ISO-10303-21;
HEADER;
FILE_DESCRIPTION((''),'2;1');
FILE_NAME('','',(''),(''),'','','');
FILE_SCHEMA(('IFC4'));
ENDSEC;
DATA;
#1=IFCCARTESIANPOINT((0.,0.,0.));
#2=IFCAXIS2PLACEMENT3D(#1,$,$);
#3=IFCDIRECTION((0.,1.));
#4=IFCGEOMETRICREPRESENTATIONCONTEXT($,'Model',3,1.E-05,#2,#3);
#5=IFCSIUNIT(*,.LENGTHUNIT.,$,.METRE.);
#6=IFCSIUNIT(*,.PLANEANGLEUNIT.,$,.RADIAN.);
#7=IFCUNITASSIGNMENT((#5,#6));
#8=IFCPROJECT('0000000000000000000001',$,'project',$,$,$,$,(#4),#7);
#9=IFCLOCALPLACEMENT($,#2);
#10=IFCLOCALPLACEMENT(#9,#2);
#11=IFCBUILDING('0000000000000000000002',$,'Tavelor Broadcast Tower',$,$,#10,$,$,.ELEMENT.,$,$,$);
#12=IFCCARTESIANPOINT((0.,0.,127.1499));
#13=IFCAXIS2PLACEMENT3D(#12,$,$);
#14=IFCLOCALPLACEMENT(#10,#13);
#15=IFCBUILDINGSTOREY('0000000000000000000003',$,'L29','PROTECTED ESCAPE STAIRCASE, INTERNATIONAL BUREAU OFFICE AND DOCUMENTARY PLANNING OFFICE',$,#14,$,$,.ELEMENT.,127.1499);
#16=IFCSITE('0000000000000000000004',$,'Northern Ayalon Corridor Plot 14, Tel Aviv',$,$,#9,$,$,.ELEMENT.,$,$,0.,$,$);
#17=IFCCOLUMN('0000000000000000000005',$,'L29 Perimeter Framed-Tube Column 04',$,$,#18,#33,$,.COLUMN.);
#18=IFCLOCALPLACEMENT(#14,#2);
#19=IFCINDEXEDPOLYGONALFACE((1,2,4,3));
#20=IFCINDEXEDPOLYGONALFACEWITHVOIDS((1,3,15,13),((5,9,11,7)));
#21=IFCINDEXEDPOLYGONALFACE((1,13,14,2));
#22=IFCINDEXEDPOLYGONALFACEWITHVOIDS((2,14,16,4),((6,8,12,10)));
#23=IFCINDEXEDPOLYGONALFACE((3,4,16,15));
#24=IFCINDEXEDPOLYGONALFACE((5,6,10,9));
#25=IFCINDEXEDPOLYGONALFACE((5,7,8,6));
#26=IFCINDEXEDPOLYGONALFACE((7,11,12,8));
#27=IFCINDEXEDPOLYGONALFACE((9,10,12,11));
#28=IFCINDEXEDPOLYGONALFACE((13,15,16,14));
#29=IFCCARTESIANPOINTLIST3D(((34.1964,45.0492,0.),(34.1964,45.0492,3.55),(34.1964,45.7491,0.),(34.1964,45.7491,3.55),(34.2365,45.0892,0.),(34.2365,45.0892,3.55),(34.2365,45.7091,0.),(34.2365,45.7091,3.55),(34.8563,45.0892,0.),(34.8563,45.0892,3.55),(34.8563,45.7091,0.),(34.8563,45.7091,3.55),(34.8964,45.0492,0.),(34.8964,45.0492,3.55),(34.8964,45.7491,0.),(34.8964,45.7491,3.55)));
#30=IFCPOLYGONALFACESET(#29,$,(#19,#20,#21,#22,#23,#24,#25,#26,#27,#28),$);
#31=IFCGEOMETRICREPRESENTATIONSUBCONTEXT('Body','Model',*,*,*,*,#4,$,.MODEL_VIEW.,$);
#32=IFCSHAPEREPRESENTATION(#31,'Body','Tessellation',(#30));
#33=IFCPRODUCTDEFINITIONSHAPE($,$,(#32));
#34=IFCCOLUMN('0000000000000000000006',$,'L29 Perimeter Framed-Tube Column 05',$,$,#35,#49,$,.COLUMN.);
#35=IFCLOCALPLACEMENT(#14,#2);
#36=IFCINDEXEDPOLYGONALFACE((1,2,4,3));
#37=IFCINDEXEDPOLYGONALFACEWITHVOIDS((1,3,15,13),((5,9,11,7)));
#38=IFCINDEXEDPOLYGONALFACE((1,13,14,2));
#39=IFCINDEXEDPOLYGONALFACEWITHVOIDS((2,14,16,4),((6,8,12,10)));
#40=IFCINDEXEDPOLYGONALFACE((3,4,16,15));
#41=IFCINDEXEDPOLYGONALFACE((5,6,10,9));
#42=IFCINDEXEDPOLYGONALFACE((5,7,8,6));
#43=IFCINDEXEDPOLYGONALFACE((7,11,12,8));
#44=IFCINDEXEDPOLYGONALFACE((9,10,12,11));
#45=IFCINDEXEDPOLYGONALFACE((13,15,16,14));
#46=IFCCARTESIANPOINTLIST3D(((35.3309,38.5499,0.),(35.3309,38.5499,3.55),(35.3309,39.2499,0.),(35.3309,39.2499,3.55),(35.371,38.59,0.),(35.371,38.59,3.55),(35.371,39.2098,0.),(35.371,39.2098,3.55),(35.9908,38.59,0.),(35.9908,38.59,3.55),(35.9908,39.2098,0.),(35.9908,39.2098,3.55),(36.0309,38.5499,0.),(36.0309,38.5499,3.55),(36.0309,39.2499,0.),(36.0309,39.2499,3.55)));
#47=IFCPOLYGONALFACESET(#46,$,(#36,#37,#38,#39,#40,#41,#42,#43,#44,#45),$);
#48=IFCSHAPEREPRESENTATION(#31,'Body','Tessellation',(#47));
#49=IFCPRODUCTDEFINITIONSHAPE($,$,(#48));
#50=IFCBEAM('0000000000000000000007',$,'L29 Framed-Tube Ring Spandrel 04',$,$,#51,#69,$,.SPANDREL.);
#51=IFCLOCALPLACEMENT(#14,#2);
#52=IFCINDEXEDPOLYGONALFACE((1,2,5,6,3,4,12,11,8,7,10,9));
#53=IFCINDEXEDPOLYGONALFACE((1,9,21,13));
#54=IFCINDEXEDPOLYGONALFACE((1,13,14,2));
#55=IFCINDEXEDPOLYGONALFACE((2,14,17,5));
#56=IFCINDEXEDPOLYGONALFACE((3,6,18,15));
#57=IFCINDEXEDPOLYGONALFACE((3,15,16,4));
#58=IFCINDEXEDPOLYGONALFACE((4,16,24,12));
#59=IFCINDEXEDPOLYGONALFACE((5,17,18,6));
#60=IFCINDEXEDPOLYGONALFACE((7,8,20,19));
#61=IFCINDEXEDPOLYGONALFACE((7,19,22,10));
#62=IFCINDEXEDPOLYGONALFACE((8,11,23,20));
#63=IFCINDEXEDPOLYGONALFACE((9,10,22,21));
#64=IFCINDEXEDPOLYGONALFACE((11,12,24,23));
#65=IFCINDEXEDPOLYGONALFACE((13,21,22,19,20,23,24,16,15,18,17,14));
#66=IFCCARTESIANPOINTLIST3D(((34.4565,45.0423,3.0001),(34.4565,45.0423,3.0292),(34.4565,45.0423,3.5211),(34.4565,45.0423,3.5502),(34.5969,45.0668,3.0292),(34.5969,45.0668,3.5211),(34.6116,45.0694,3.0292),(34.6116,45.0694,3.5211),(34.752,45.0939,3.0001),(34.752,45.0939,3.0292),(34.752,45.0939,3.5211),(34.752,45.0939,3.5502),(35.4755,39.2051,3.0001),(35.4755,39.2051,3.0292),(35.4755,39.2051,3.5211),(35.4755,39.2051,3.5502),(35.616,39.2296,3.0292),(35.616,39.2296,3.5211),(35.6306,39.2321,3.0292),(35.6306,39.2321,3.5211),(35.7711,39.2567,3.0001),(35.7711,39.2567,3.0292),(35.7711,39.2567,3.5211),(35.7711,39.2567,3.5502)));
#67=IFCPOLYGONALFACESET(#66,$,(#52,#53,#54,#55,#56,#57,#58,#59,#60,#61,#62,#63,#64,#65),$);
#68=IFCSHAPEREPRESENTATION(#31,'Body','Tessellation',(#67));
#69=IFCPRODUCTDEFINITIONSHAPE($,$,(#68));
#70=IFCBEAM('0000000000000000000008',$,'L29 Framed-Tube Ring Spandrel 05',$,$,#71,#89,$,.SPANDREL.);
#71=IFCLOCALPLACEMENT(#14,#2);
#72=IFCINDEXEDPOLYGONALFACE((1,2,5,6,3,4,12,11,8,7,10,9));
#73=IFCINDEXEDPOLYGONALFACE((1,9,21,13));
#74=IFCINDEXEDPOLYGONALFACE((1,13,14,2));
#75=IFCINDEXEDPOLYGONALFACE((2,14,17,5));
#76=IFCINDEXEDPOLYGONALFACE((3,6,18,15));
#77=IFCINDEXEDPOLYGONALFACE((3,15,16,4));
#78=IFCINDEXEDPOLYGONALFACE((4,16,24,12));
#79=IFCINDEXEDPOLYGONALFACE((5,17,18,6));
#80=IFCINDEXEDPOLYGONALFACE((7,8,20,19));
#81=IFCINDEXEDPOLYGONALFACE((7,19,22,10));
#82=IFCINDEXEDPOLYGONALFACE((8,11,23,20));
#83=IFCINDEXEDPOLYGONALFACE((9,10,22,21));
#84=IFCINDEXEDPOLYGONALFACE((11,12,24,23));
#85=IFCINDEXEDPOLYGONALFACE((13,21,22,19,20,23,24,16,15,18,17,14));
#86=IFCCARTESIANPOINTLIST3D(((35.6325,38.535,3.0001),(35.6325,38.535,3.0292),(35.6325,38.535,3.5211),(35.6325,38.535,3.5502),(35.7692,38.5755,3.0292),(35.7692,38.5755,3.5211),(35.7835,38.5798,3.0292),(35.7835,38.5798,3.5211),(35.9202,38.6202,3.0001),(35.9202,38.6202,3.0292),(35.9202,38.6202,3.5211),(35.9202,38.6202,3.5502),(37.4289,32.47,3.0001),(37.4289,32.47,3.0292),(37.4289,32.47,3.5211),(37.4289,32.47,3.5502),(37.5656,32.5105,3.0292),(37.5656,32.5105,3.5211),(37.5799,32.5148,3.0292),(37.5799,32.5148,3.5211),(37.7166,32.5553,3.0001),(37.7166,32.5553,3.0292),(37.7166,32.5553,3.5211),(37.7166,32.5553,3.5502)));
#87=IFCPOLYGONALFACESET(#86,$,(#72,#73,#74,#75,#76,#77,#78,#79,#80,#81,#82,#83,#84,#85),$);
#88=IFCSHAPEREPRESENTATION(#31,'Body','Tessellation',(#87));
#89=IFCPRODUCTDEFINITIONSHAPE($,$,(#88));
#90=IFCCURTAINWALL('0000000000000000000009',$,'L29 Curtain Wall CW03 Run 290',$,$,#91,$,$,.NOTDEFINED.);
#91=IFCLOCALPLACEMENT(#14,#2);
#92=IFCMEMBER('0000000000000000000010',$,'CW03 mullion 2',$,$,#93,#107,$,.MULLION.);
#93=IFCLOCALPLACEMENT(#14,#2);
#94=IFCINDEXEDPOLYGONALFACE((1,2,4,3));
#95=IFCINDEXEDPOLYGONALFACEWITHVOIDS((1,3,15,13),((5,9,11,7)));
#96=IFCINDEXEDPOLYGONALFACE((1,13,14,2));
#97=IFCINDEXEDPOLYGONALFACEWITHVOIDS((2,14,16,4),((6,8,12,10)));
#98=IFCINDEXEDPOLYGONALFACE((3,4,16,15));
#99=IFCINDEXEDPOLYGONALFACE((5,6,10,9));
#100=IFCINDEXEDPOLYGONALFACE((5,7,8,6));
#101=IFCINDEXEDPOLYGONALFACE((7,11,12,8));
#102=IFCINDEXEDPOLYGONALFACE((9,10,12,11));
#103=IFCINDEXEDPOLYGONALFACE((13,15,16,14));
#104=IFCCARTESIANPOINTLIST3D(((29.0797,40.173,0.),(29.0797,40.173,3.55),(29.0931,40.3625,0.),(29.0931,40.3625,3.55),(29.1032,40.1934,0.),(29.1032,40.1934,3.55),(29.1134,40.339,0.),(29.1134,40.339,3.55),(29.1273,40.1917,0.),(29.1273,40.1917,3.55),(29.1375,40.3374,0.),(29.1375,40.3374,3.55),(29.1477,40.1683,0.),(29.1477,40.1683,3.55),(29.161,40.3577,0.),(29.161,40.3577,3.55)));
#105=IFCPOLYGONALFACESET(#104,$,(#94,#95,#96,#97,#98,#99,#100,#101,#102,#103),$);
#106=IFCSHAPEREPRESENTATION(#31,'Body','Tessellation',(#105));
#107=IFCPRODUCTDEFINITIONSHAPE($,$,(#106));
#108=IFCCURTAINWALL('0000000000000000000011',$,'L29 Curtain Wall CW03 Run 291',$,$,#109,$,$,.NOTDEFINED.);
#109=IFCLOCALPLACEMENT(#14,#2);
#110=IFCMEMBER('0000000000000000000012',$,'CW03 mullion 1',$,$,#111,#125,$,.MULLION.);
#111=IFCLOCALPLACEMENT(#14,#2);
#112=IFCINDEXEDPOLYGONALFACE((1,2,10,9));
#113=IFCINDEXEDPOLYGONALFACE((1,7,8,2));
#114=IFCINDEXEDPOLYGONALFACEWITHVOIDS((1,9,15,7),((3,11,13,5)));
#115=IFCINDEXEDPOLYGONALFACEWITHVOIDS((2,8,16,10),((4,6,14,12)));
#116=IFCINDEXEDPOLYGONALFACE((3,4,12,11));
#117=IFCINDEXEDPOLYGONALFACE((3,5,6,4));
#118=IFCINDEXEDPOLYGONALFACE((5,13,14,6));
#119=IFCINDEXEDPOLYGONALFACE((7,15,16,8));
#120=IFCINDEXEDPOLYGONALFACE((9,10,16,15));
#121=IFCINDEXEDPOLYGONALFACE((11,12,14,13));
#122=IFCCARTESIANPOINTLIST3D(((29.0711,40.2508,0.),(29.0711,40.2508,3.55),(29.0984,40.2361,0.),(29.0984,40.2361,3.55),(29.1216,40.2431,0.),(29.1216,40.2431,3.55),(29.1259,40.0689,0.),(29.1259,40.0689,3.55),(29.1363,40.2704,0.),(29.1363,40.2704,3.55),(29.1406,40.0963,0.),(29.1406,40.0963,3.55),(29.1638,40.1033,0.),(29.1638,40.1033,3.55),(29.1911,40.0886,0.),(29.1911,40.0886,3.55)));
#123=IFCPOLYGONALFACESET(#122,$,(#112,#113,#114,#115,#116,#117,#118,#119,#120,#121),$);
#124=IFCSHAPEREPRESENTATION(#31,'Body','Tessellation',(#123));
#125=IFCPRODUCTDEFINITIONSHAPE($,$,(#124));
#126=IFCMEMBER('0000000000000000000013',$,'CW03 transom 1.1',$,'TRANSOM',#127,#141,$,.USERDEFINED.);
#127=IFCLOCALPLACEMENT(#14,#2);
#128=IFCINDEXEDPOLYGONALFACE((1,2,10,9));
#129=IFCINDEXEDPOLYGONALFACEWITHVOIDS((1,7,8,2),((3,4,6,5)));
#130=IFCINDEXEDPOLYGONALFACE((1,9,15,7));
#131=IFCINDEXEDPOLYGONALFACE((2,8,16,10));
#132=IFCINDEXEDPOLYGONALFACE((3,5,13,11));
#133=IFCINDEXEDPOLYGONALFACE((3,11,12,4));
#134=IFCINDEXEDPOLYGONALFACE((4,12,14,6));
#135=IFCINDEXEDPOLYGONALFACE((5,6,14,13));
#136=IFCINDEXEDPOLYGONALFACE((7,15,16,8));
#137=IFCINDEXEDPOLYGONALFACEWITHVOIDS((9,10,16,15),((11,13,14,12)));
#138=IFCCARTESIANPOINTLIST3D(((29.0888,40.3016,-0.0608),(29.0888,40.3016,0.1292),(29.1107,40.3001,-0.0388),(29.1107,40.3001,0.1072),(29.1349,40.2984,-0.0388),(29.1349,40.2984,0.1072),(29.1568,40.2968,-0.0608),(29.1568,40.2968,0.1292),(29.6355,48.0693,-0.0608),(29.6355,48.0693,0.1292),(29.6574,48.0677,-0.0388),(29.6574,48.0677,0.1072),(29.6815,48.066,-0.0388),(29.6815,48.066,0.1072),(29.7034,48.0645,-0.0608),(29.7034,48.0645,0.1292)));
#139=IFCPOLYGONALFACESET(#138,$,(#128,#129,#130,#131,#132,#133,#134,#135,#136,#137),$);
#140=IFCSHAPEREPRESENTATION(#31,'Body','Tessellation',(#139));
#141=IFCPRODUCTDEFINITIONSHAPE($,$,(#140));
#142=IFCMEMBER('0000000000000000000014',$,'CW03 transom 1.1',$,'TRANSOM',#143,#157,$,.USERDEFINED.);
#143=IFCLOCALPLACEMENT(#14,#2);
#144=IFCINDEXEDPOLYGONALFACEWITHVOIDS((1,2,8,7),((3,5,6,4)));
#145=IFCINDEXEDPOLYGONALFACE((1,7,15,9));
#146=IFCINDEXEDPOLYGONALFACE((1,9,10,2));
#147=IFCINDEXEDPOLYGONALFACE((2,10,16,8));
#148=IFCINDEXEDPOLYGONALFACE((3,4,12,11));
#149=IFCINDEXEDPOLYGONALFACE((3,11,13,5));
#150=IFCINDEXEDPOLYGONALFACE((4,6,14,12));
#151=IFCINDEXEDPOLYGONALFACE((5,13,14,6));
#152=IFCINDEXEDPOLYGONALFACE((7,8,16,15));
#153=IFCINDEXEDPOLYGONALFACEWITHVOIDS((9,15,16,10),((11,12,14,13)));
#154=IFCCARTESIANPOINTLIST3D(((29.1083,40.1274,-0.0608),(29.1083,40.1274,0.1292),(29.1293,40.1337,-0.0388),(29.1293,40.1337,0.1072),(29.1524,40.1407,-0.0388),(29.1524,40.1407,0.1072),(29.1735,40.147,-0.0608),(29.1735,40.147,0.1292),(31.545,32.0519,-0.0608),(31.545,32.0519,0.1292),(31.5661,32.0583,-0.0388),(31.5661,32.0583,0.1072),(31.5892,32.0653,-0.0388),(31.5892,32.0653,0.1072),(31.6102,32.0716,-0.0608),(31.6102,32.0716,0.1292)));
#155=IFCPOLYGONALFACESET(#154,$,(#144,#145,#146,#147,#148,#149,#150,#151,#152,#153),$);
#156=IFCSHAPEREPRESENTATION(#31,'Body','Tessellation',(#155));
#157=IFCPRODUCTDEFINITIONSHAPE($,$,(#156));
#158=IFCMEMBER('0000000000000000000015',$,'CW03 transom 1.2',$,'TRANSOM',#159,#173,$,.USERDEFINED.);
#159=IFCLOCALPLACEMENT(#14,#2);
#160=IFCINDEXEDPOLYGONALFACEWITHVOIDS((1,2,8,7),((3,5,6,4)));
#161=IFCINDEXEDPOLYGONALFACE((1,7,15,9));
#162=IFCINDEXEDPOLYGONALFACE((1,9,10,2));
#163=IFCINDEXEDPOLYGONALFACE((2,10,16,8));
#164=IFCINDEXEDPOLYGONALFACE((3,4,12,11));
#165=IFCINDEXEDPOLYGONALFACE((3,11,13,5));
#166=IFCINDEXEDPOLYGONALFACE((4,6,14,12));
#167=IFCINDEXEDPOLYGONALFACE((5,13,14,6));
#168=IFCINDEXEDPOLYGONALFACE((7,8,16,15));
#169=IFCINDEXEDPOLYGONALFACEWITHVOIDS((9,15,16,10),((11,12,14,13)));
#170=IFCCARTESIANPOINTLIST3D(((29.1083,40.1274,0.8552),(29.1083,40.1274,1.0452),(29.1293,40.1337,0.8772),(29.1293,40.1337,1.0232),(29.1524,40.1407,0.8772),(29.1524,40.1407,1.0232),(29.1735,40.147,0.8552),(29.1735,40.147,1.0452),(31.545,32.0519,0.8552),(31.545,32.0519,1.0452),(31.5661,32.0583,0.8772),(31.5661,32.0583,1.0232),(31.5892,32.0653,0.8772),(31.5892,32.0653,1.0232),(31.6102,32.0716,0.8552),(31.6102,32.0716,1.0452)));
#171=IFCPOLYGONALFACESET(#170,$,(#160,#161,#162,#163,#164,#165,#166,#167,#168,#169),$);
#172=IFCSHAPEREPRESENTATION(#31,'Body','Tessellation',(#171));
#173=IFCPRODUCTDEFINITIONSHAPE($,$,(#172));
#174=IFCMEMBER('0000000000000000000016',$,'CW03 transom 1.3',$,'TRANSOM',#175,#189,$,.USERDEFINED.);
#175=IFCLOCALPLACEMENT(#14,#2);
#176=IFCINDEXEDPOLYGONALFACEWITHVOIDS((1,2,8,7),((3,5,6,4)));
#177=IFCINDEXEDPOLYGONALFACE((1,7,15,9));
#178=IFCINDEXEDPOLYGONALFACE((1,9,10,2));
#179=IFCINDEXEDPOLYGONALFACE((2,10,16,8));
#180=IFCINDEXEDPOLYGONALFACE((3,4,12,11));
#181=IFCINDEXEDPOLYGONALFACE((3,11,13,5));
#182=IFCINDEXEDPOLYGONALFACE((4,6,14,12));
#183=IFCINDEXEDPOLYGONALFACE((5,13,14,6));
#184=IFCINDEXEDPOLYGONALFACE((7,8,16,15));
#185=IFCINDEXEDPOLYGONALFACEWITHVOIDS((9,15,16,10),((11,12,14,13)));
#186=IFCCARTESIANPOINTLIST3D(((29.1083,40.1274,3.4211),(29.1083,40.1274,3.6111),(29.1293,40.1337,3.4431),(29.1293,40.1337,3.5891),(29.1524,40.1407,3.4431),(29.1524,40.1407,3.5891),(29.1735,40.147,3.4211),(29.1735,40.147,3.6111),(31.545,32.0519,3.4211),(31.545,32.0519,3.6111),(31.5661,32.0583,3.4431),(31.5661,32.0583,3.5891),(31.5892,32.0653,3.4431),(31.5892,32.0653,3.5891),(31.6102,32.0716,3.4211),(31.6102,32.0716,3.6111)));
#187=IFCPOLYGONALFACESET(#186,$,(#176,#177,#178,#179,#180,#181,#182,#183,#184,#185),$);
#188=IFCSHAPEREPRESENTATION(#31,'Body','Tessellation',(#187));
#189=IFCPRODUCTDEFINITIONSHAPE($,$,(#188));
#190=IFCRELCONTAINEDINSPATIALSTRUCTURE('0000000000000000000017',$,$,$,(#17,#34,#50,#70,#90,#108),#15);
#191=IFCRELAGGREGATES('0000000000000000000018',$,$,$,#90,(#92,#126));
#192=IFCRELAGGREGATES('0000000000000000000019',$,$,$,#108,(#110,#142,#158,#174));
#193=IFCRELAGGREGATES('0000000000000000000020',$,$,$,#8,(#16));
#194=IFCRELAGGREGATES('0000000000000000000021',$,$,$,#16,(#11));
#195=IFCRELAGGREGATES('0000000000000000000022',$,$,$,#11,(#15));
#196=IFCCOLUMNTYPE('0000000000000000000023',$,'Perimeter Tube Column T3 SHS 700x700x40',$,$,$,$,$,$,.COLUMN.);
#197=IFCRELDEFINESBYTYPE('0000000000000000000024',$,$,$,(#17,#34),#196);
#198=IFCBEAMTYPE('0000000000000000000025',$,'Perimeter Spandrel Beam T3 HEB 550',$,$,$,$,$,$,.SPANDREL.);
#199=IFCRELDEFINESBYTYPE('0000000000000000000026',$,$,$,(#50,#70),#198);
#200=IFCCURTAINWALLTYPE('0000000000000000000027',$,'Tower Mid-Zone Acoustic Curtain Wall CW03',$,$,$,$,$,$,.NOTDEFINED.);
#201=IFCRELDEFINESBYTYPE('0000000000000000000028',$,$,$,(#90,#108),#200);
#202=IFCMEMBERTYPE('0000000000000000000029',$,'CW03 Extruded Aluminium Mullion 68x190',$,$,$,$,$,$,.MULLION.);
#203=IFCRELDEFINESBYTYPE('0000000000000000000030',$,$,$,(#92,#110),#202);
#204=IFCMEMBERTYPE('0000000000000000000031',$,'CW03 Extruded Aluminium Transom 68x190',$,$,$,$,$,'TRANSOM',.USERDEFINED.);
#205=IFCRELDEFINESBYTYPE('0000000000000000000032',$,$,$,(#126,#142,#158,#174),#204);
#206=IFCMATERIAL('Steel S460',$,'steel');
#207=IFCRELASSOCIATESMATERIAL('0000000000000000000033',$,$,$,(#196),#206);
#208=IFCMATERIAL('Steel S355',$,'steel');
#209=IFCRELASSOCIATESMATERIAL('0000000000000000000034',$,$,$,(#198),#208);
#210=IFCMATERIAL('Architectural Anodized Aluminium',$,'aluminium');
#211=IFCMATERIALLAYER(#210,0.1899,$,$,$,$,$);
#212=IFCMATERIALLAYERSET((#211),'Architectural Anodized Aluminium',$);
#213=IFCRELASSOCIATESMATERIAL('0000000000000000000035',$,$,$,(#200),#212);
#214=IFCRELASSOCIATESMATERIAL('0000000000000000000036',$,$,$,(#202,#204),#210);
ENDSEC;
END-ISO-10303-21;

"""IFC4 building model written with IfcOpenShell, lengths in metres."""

from ifc_helpers import new_model, si_unit, direction, frame, origin, origin_2d, place, context, subcontext, project, spatial, hollow_rectangle, i_section, extrude, source, transform, mapped, material, layer, layer_set, material_profile, profile_set, type_object, type_shapes, element, aggregate, save


model = new_model("IFC4")

# Units and contexts
model_context = context("Model", 3, precision=1e-05, world=origin(), true_north=direction((0.0, 1.0)))
body_context = subcontext(model_context, "Body", "Model", "MODEL_VIEW")
ifc_project = project(units=[si_unit("LENGTHUNIT", "METRE"), si_unit("PLANEANGLEUNIT", "RADIAN")], contexts=[model_context])

# Site, building, storey
site_placement = place(None, origin())
site = spatial("IfcSite", under=ifc_project, at=site_placement, Name="Northern Ayalon Corridor Plot 14, Tel Aviv", CompositionType="ELEMENT", RefElevation=0.0)
building_placement = place(site_placement, origin())
building = spatial("IfcBuilding", under=site, at=building_placement, Name="Tavelor Broadcast Tower", CompositionType="ELEMENT")
storey_placement = place(building_placement, frame((0.0, 0.0, 127.1499)))
storey = spatial("IfcBuildingStorey", under=building, at=storey_placement, Name="L29", Description="PROTECTED ESCAPE STAIRCASE, INTERNATIONAL BUREAU OFFICE AND DOCUMENTARY PLANNING OFFICE", CompositionType="ELEMENT", Elevation=127.1499)

# Columns
ifc_material_1 = material(Name="Steel S460", Category="steel")
ifc_material_profile_1 = material_profile(ifc_material_1, hollow_rectangle(XDim=0.7, YDim=0.7, WallThickness=0.04, at=origin_2d()), Name="SHS 700x700x40")
ifc_profile_set_1 = profile_set([ifc_material_profile_1], Name="Steel S460")
column_type = type_object("IfcColumnType", Name="Perimeter Tube Column T3 SHS 700x700x40", PredefinedType="COLUMN", material=ifc_profile_set_1)
for number, where, z_axis, x_axis, name in (
    (1, (34.5464, 45.3992, 0.0), (0.0, 0.0, 1.0), (1.0, 0.0, 0.0), "L29 Perimeter Framed-Tube Column 04"),
    (2, (35.6809, 38.8999, 0.0), (0.0, 0.0, 1.0), (1.0, 0.0, 0.0), "L29 Perimeter Framed-Tube Column 05"),
):
    element("IfcColumn", number, at=place(storey_placement, frame(where, z_axis=z_axis, x_axis=x_axis)), inside=storey, type_object=column_type, Name=name, PredefinedType="COLUMN", context=body_context, shape_type="SweptSolid", body=[
        extrude(hollow_rectangle(XDim=0.7, YDim=0.7, WallThickness=0.04, at=origin_2d()), origin(), (0.0, 0.0, 1.0), 3.55),
    ])

# Beams
ifc_material_2 = material(Name="Steel S355", Category="steel")
ifc_material_profile_2 = material_profile(ifc_material_2, i_section(OverallWidth=0.3, OverallDepth=0.55, WebThickness=0.0149, FlangeThickness=0.0291, at=origin_2d()), Name="HEB 550")
ifc_profile_set_2 = profile_set([ifc_material_profile_2], Name="Steel S355")
beam_type = type_object("IfcBeamType", Name="Perimeter Spandrel Beam T3 HEB 550", PredefinedType="SPANDREL", material=ifc_profile_set_2)
beam_1_placement = place(storey_placement, frame((34.6042, 45.0681, 3.2751), z_axis=(0.171978, -0.985101, 0.0), x_axis=(0.985101, 0.171978, 0.0)))
element("IfcBeam", 3, at=beam_1_placement, inside=storey, type_object=beam_type, Name="L29 Framed-Tube Ring Spandrel 04", PredefinedType="SPANDREL", context=body_context, shape_type="SweptSolid", body=[
    extrude(i_section(OverallWidth=0.3, OverallDepth=0.55, WebThickness=0.0149, FlangeThickness=0.0291, at=origin_2d()), origin(), (0.0, 0.0, 1.0), 5.9255),
])
beam_2_placement = place(storey_placement, frame((35.7764, 38.5776, 3.2751), z_axis=(0.283996, -0.958825, 0.0), x_axis=(0.958825, 0.283996, 0.0)))
element("IfcBeam", 4, at=beam_2_placement, inside=storey, type_object=beam_type, Name="L29 Framed-Tube Ring Spandrel 05", PredefinedType="SPANDREL", context=body_context, shape_type="SweptSolid", body=[
    extrude(i_section(OverallWidth=0.3, OverallDepth=0.55, WebThickness=0.0149, FlangeThickness=0.0291, at=origin_2d()), origin(), (0.0, 0.0, 1.0), 6.3254),
])

# Curtain walls, members
ifc_material_3 = material(Name="Architectural Anodized Aluminium", Category="aluminium")
ifc_layer_1 = layer(ifc_material_3, 0.1899)
ifc_layer_set_1 = layer_set([ifc_layer_1], Name="Architectural Anodized Aluminium")
curtain_wall_type = type_object("IfcCurtainWallType", Name="Tower Mid-Zone Acoustic Curtain Wall CW03", PredefinedType="NOTDEFINED", material=ifc_layer_set_1)
curtain_wall_1_placement = place(storey_placement, origin())
curtain_wall_1 = element("IfcCurtainWall", 5, at=curtain_wall_1_placement, inside=storey, type_object=curtain_wall_type, Name="L29 Curtain Wall CW03 Run 290", PredefinedType="NOTDEFINED")
ifc_material_profile_3 = material_profile(ifc_material_3, hollow_rectangle(XDim=0.0681, YDim=0.1899, WallThickness=0.022, at=origin_2d()), Name="RHS 68x190x22")
ifc_profile_set_3 = profile_set([ifc_material_profile_3], Name="Architectural Anodized Aluminium")
member_type_1 = type_object("IfcMemberType", Name="CW03 Extruded Aluminium Mullion 68x190", PredefinedType="MULLION", material=ifc_profile_set_3)
shared_shape_1 = source(origin(), body_context, "Body", "SweptSolid", [
    extrude(hollow_rectangle(XDim=0.0681, YDim=0.1899, WallThickness=0.022, at=origin_2d()), origin(), (0.0, 0.0, 1.0), 3.55),
])
type_shapes(member_type_1, [shared_shape_1])
member_1_placement = place(storey_placement, frame((29.1204, 40.2654, 0.0), z_axis=(0.0, 0.0, 1.0), x_axis=(0.997534, -0.070189, 0.0)))
member_1 = element("IfcMember", 6, at=member_1_placement, type_object=member_type_1, Name="CW03 mullion 2", PredefinedType="MULLION", context=body_context, shape_type="MappedRepresentation", body=[
    mapped(shared_shape_1, transform((0.0, 0.0, 0.0), scale=1.0)),
])
curtain_wall_2_placement = place(storey_placement, origin())
curtain_wall_2 = element("IfcCurtainWall", 7, at=curtain_wall_2_placement, inside=storey, type_object=curtain_wall_type, Name="L29 Curtain Wall CW03 Run 291", PredefinedType="NOTDEFINED")
member_2_placement = place(storey_placement, frame((29.1311, 40.1697, 0.0), z_axis=(0.0, 0.0, 1.0), x_axis=(0.957365, 0.28888, 0.0)))
member_2 = element("IfcMember", 8, at=member_2_placement, type_object=member_type_1, Name="CW03 mullion 1", PredefinedType="MULLION", context=body_context, shape_type="MappedRepresentation", body=[
    mapped(shared_shape_1, transform((0.0, 0.0, 0.0), scale=1.0)),
])

# Members
ifc_material_profile_4 = material_profile(ifc_material_3, hollow_rectangle(XDim=0.0681, YDim=0.1899, WallThickness=0.022, at=origin_2d()), Name="RHS 68x190x22")
ifc_profile_set_4 = profile_set([ifc_material_profile_4], Name="Architectural Anodized Aluminium")
member_type_2 = type_object("IfcMemberType", Name="CW03 Extruded Aluminium Transom 68x190", ElementType="TRANSOM", PredefinedType="USERDEFINED", material=ifc_profile_set_4)
shared_shape_2 = source(origin(), body_context, "Body", "SweptSolid", [
    extrude(hollow_rectangle(XDim=0.0681, YDim=0.1899, WallThickness=0.022, at=origin_2d()), origin(), (0.0, 0.0, 1.0), 7.7869),
])
member_3_placement = place(storey_placement, frame((29.6694, 48.0669, 0.0342), z_axis=(-0.0702, -0.997533, 0.0), x_axis=(0.997533, -0.0702, 0.0)))
member_3 = element("IfcMember", 9, at=member_3_placement, type_object=member_type_2, Name="CW03 transom 1.1", ObjectType="TRANSOM", PredefinedType="USERDEFINED", context=body_context, shape_type="MappedRepresentation", body=[
    mapped(shared_shape_2, transform((0.0, 0.0, 0.0), scale=1.0)),
])
shared_shape_3 = source(origin(), body_context, "Body", "SweptSolid", [
    extrude(hollow_rectangle(XDim=0.0681, YDim=0.1899, WallThickness=0.022, at=origin_2d()), origin(), (0.0, 0.0, 1.0), 8.4351),
])
type_shapes(member_type_2, [shared_shape_2, shared_shape_3])
member_4_placement = place(storey_placement, frame((29.1409, 40.1372, 0.0342), z_axis=(0.288885, -0.957364, 0.0), x_axis=(0.957364, 0.288885, 0.0)))
member_4 = element("IfcMember", 10, at=member_4_placement, type_object=member_type_2, Name="CW03 transom 1.1", ObjectType="TRANSOM", PredefinedType="USERDEFINED", context=body_context, shape_type="MappedRepresentation", body=[
    mapped(shared_shape_3, transform((0.0, 0.0, 0.0), scale=1.0)),
])
member_5_placement = place(storey_placement, frame((29.1409, 40.1372, 0.9502), z_axis=(0.288885, -0.957364, 0.0), x_axis=(0.957364, 0.288885, 0.0)))
member_5 = element("IfcMember", 11, at=member_5_placement, type_object=member_type_2, Name="CW03 transom 1.2", ObjectType="TRANSOM", PredefinedType="USERDEFINED", context=body_context, shape_type="MappedRepresentation", body=[
    mapped(shared_shape_3, transform((0.0, 0.0, 0.0), scale=1.0)),
])
member_6_placement = place(storey_placement, frame((29.1409, 40.1372, 3.5161), z_axis=(0.288885, -0.957364, 0.0), x_axis=(0.957364, 0.288885, 0.0)))
member_6 = element("IfcMember", 12, at=member_6_placement, type_object=member_type_2, Name="CW03 transom 1.3", ObjectType="TRANSOM", PredefinedType="USERDEFINED", context=body_context, shape_type="MappedRepresentation", body=[
    mapped(shared_shape_3, transform((0.0, 0.0, 0.0), scale=1.0)),
])

aggregate(curtain_wall_1, [member_1, member_3])
aggregate(curtain_wall_2, [member_2, member_4, member_5, member_6])

save(model, "model.ifc")
